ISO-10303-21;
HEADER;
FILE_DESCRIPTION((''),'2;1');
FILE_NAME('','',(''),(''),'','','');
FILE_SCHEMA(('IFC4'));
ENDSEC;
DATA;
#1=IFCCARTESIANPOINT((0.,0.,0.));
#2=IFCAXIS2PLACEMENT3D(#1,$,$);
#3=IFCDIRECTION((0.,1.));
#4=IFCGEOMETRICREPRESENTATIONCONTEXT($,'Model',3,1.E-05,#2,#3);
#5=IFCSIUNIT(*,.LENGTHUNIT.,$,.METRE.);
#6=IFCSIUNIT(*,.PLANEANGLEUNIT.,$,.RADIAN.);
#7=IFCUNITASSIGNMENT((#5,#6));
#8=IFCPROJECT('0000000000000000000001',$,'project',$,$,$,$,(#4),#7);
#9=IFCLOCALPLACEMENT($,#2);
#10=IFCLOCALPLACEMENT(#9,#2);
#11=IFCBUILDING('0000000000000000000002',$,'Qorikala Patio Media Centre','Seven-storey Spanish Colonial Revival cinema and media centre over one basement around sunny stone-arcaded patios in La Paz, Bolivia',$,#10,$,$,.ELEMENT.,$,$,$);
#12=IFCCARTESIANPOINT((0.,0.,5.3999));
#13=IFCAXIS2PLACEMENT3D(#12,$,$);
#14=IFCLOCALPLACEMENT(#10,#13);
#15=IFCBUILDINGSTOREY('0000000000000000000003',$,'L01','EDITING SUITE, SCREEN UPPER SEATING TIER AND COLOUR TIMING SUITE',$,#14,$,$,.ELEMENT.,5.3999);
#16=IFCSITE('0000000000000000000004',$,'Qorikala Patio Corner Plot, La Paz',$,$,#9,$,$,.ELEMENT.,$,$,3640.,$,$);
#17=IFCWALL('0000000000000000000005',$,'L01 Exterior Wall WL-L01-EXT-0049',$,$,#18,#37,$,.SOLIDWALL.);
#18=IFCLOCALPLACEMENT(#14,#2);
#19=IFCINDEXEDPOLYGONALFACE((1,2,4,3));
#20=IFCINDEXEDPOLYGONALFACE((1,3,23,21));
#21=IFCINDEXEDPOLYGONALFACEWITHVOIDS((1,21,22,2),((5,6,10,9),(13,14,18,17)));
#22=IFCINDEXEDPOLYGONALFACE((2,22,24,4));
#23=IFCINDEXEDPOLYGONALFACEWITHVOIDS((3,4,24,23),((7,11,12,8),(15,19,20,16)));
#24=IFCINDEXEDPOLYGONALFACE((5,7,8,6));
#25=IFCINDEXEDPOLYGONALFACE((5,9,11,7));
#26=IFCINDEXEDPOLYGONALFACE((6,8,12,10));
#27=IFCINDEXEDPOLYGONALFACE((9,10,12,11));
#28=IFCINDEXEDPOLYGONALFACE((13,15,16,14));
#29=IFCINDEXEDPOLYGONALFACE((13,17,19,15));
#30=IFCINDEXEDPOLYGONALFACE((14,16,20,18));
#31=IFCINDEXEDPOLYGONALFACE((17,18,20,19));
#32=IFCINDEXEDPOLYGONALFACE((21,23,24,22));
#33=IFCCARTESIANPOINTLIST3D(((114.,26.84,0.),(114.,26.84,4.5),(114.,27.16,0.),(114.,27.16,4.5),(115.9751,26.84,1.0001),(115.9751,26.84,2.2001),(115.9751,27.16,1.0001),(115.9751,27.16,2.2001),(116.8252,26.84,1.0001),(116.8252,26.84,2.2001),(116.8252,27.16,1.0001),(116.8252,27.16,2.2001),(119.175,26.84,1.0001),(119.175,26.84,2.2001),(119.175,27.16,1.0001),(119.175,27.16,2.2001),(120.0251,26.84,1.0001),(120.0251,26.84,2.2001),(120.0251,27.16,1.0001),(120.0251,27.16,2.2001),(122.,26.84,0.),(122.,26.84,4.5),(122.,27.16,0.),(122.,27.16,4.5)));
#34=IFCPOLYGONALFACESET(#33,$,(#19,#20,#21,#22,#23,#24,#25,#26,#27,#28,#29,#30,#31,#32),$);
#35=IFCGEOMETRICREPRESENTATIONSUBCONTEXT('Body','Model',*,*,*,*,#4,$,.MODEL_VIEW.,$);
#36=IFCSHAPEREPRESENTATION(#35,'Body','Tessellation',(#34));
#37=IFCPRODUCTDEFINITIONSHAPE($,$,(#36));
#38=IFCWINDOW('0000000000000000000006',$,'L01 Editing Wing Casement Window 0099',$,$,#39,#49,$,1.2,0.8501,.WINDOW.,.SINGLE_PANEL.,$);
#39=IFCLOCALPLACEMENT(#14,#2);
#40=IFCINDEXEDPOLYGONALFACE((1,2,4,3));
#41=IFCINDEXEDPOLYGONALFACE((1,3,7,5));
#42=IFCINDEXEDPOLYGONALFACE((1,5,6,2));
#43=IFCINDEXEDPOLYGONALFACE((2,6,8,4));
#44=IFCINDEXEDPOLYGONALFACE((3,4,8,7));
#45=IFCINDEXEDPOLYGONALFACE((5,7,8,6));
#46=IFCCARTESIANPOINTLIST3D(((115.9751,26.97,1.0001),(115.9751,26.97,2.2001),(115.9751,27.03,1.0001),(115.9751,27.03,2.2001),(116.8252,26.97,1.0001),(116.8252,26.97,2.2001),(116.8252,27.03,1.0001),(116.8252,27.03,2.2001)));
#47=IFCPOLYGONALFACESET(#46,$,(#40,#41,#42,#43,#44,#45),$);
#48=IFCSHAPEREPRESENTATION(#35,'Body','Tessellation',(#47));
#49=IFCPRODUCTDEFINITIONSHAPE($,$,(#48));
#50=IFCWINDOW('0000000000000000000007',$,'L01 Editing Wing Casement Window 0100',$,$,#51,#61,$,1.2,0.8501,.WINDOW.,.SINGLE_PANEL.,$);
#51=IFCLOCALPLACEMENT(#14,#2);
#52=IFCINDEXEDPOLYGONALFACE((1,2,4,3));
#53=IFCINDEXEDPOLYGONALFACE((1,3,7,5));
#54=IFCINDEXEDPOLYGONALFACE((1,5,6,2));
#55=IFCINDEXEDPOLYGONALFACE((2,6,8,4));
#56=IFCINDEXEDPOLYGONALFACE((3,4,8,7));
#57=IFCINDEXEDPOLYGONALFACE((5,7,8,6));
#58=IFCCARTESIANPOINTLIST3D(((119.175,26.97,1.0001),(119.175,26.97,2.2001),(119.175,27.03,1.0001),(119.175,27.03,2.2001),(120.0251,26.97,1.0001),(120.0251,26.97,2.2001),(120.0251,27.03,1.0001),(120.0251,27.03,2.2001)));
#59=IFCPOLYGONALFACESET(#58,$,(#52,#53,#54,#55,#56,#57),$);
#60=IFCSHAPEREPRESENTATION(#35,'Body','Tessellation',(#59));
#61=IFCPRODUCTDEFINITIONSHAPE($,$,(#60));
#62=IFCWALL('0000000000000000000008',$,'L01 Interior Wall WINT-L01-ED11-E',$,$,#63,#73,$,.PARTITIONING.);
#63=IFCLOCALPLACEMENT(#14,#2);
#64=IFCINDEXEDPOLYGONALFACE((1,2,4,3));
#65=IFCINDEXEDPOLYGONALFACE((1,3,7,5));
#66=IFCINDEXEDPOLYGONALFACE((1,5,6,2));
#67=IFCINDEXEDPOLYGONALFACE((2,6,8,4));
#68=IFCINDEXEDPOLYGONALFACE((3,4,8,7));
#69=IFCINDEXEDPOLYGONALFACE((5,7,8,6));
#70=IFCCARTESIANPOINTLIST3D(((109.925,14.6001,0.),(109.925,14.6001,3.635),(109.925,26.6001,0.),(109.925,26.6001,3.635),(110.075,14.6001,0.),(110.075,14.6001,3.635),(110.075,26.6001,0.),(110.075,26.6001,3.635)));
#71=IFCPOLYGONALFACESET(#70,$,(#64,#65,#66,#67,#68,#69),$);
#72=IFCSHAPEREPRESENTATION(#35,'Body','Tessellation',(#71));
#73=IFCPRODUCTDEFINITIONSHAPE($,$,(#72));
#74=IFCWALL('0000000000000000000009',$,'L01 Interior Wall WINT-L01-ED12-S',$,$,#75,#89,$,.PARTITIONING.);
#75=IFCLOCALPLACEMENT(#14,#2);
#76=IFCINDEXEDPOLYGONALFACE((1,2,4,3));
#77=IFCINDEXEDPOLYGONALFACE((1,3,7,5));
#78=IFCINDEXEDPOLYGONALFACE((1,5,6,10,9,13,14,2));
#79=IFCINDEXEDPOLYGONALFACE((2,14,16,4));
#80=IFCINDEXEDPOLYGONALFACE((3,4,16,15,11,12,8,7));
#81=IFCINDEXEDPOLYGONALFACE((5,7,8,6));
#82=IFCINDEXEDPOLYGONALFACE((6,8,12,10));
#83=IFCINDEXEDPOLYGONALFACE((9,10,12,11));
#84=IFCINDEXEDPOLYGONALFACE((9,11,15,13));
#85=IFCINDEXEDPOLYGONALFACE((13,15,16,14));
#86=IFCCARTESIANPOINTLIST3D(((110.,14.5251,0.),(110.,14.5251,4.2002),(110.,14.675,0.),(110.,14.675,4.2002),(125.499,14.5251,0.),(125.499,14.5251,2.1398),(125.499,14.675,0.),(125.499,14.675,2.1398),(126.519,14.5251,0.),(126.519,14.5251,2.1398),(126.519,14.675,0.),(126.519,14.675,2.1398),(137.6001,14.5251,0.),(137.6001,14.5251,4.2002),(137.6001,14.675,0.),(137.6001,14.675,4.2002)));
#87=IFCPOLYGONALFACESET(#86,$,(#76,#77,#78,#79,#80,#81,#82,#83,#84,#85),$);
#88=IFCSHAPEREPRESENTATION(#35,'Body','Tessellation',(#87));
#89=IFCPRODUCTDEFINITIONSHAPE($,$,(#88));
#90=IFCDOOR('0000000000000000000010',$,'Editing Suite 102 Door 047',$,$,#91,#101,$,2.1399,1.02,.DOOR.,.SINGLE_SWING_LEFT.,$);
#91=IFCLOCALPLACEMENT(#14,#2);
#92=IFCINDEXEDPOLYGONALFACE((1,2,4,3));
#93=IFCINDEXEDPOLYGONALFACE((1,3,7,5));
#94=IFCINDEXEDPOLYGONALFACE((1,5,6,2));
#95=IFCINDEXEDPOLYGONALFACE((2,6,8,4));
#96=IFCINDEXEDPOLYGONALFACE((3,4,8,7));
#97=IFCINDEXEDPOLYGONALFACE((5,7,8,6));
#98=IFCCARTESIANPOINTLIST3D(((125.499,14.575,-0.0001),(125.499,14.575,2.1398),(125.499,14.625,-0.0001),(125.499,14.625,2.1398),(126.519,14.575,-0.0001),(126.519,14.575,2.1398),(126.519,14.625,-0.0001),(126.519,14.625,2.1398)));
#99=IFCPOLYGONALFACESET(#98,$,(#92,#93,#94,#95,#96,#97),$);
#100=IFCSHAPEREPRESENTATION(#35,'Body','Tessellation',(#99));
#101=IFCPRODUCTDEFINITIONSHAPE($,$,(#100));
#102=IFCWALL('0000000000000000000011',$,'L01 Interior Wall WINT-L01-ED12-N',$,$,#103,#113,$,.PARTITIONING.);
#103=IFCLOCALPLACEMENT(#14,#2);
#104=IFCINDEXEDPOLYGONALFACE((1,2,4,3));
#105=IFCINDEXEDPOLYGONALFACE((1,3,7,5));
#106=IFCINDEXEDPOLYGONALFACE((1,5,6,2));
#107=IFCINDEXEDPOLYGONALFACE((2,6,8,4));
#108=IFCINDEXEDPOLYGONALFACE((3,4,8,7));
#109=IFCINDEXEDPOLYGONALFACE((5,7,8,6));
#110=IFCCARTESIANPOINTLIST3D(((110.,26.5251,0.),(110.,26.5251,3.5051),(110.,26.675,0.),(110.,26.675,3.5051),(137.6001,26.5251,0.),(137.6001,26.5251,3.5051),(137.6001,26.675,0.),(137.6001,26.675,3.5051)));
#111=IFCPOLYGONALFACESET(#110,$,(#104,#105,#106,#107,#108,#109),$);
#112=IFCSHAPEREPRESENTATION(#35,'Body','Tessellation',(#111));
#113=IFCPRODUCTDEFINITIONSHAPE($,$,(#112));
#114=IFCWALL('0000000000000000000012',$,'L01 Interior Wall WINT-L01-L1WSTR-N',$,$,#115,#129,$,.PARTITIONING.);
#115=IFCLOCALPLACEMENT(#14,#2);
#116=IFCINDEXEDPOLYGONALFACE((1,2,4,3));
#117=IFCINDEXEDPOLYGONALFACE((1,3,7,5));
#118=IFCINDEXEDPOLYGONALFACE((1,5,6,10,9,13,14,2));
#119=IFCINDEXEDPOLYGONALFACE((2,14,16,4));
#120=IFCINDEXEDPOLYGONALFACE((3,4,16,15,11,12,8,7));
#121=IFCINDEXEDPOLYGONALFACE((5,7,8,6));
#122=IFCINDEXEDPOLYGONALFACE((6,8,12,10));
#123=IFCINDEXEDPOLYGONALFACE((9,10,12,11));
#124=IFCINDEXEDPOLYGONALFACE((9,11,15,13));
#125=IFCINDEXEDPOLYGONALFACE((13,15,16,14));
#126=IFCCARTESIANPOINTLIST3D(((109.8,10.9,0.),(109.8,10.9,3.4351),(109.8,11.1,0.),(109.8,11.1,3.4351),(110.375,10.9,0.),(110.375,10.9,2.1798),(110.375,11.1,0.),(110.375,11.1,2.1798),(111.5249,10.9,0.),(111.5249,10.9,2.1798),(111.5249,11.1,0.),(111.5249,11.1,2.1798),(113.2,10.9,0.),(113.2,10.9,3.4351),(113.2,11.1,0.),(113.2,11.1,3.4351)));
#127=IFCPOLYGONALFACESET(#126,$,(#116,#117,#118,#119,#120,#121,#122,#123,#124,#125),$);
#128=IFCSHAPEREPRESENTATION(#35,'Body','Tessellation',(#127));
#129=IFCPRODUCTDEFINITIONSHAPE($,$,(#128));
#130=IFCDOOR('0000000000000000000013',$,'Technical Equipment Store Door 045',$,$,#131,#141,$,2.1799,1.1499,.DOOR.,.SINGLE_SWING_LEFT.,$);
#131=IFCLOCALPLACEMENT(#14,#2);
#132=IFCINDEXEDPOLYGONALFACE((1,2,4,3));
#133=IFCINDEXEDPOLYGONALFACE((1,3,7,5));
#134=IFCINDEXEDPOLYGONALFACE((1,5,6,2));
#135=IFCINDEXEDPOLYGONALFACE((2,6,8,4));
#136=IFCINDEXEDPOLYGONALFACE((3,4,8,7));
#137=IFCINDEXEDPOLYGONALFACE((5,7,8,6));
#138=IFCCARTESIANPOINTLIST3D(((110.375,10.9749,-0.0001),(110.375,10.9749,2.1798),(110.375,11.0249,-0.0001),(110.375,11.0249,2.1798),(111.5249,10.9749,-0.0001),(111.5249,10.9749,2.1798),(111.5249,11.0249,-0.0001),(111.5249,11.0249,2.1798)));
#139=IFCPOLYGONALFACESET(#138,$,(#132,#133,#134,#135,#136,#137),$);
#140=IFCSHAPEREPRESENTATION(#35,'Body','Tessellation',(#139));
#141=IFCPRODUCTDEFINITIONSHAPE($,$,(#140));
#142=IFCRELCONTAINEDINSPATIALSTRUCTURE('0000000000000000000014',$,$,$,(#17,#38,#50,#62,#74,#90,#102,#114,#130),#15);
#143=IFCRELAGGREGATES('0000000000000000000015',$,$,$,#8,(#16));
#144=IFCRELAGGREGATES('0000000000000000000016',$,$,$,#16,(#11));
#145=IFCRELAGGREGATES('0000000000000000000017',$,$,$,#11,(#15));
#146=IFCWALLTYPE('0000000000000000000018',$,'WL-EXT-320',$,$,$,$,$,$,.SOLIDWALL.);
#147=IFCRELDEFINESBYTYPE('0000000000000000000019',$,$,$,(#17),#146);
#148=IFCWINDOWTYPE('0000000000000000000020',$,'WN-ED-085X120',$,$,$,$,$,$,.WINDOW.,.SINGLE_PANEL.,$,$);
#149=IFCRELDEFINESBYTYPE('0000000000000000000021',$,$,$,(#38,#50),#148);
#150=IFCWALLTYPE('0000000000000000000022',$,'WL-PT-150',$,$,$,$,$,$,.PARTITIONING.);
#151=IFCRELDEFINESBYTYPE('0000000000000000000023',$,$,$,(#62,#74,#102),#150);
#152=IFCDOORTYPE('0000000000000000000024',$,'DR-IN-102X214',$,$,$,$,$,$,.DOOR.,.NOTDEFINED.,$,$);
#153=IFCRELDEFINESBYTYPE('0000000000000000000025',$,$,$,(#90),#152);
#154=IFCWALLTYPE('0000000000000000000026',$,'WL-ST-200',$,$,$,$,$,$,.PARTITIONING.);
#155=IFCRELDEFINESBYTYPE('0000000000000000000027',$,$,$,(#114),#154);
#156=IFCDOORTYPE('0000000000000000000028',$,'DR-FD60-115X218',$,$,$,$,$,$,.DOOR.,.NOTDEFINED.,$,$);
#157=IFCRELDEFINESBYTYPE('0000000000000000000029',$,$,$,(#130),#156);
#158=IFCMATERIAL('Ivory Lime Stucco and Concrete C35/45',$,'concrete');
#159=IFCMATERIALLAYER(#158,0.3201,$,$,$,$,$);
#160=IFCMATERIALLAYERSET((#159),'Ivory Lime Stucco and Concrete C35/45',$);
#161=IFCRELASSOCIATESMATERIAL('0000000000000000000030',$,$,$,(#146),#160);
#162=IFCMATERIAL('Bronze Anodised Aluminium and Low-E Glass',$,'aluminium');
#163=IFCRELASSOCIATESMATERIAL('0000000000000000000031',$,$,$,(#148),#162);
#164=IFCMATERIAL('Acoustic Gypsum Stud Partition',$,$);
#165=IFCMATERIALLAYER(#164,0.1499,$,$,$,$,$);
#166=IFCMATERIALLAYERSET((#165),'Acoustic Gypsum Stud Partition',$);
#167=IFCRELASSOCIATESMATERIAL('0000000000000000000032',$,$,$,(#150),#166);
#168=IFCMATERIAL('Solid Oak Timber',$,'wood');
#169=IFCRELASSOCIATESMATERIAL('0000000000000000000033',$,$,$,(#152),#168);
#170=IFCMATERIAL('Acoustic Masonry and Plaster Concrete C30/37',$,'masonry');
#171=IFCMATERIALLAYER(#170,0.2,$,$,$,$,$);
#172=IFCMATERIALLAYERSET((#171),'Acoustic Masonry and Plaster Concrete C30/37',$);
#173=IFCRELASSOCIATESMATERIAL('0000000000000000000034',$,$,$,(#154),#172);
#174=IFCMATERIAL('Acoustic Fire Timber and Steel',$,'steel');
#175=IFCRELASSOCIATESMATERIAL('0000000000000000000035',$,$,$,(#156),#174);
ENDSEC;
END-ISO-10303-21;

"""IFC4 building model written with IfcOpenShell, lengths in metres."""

from ifc_helpers import new_model, si_unit, direction, frame, frame_2d, origin, place, context, subcontext, project, spatial, rectangle, extrude, material, layer, layer_set, type_object, element, fill, save


model = new_model("IFC4")

# Units and contexts
model_context = context("Model", 3, precision=1e-05, world=origin(), true_north=direction((0.0, 1.0)))
body_context = subcontext(model_context, "Body", "Model", "MODEL_VIEW")
ifc_project = project(units=[si_unit("LENGTHUNIT", "METRE"), si_unit("PLANEANGLEUNIT", "RADIAN")], contexts=[model_context])

# Site, building, storey
site_placement = place(None, origin())
site = spatial("IfcSite", under=ifc_project, at=site_placement, Name="Qorikala Patio Corner Plot, La Paz", CompositionType="ELEMENT", RefElevation=3640.0)
building_placement = place(site_placement, origin())
building = spatial("IfcBuilding", under=site, at=building_placement, Name="Qorikala Patio Media Centre", Description="Seven-storey Spanish Colonial Revival cinema and media centre over one basement around sunny stone-arcaded patios in La Paz, Bolivia", CompositionType="ELEMENT")
storey_placement = place(building_placement, frame((0.0, 0.0, 5.3999)))
storey = spatial("IfcBuildingStorey", under=building, at=storey_placement, Name="L01", Description="EDITING SUITE, SCREEN UPPER SEATING TIER AND COLOUR TIMING SUITE", CompositionType="ELEMENT", Elevation=5.3999)

# Wall, openings, windows
ifc_material_1 = material(Name="Ivory Lime Stucco and Concrete C35/45", Category="concrete")
ifc_layer_1 = layer(ifc_material_1, 0.3201)
ifc_layer_set_1 = layer_set([ifc_layer_1], Name="Ivory Lime Stucco and Concrete C35/45")
wall_type_1 = type_object("IfcWallType", Name="WL-EXT-320", PredefinedType="SOLIDWALL", material=ifc_layer_set_1)
ifc_material_2 = material(Name="Bronze Anodised Aluminium and Low-E Glass", Category="aluminium")
wall_1_placement = place(storey_placement, frame((114.0, 27.0, 0.0), z_axis=(0.0, 0.0, 1.0), x_axis=(1.0, 0.0, 0.0)))
wall_1 = element("IfcWall", 1, at=wall_1_placement, inside=storey, type_object=wall_type_1, Name="L01 Exterior Wall WL-L01-EXT-0049", PredefinedType="SOLIDWALL", context=body_context, shape_type="SweptSolid", body=[
    extrude(rectangle(XDim=8.0, YDim=0.3201, at=frame_2d((4.0, 0.0))), origin(), (0.0, 0.0, 1.0), 4.5),
])
opening_1_placement = place(wall_1_placement, frame((1.9751, 0.0, 1.0)))
opening_1 = element("IfcOpeningElement", 2, at=opening_1_placement, cuts=wall_1, PredefinedType="OPENING", context=body_context, shape_type="SweptSolid", body=[
    extrude(rectangle(XDim=0.8501, YDim=1.2, at=frame_2d((0.425, 0.6001))), frame((0.0, 0.1699, 0.0), z_axis=(0.0, -1.0, 0.0), x_axis=(1.0, 0.0, 0.0)), (0.0, 0.0, 1.0), 0.3401),
])
opening_2_placement = place(wall_1_placement, frame((5.175, 0.0, 1.0)))
opening_2 = element("IfcOpeningElement", 3, at=opening_2_placement, cuts=wall_1, PredefinedType="OPENING", context=body_context, shape_type="SweptSolid", body=[
    extrude(rectangle(XDim=0.8501, YDim=1.2, at=frame_2d((0.425, 0.6001))), frame((0.0, 0.1699, 0.0), z_axis=(0.0, -1.0, 0.0), x_axis=(1.0, 0.0, 0.0)), (0.0, 0.0, 1.0), 0.3401),
])
window_type_1 = type_object("IfcWindowType", Name="WN-ED-085X120", PartitioningType="SINGLE_PANEL", PredefinedType="WINDOW", material=ifc_material_2)
window_1_placement = place(opening_1_placement, origin())
window_1 = element("IfcWindow", 4, at=window_1_placement, inside=storey, type_object=window_type_1, Name="L01 Editing Wing Casement Window 0099", OverallHeight=1.2, OverallWidth=0.8501, PartitioningType="SINGLE_PANEL", PredefinedType="WINDOW", context=body_context, shape_type="SweptSolid", body=[
    extrude(rectangle(XDim=0.8501, YDim=1.2, at=frame_2d((0.425, 0.6001))), frame((0.0, 0.03, 0.0), z_axis=(0.0, -1.0, 0.0), x_axis=(1.0, 0.0, 0.0)), (0.0, 0.0, 1.0), 0.0601),
])
fill(opening_1, window_1)
window_2_placement = place(opening_2_placement, origin())
window_2 = element("IfcWindow", 5, at=window_2_placement, inside=storey, type_object=window_type_1, Name="L01 Editing Wing Casement Window 0100", OverallHeight=1.2, OverallWidth=0.8501, PartitioningType="SINGLE_PANEL", PredefinedType="WINDOW", context=body_context, shape_type="SweptSolid", body=[
    extrude(rectangle(XDim=0.8501, YDim=1.2, at=frame_2d((0.425, 0.6001))), frame((0.0, 0.03, 0.0), z_axis=(0.0, -1.0, 0.0), x_axis=(1.0, 0.0, 0.0)), (0.0, 0.0, 1.0), 0.0601),
])
fill(opening_2, window_2)

# Wall
ifc_material_3 = material(Name="Acoustic Gypsum Stud Partition")
ifc_layer_2 = layer(ifc_material_3, 0.1499)
ifc_layer_set_2 = layer_set([ifc_layer_2], Name="Acoustic Gypsum Stud Partition")
wall_type_2 = type_object("IfcWallType", Name="WL-PT-150", PredefinedType="PARTITIONING", material=ifc_layer_set_2)
wall_2_placement = place(storey_placement, frame((110.0, 14.6001, 0.0), z_axis=(0.0, 0.0, 1.0), x_axis=(0.0, 1.0, 0.0)))
element("IfcWall", 6, at=wall_2_placement, inside=storey, type_object=wall_type_2, Name="L01 Interior Wall WINT-L01-ED11-E", PredefinedType="PARTITIONING", context=body_context, shape_type="SweptSolid", body=[
    extrude(rectangle(XDim=12.0, YDim=0.1499, at=frame_2d((6.0, 0.0))), origin(), (0.0, 0.0, 1.0), 3.635),
])

# Wall, opening, door
wall_3_placement = place(storey_placement, frame((110.0, 14.6001, 0.0), z_axis=(0.0, 0.0, 1.0), x_axis=(1.0, 0.0, 0.0)))
wall_3 = element("IfcWall", 7, at=wall_3_placement, inside=storey, type_object=wall_type_2, Name="L01 Interior Wall WINT-L01-ED12-S", PredefinedType="PARTITIONING", context=body_context, shape_type="SweptSolid", body=[
    extrude(rectangle(XDim=27.6001, YDim=0.1499, at=frame_2d((13.8, 0.0))), origin(), (0.0, 0.0, 1.0), 4.2002),
])
opening_3_placement = place(wall_3_placement, frame((15.499, 0.0, 0.0)))
opening_3 = element("IfcOpeningElement", 8, at=opening_3_placement, cuts=wall_3, PredefinedType="OPENING", context=body_context, shape_type="SweptSolid", body=[
    extrude(rectangle(XDim=1.02, YDim=2.1399, at=frame_2d((0.51, 1.0698))), frame((0.0, 0.085, 0.0), z_axis=(0.0, -1.0, 0.0), x_axis=(1.0, 0.0, 0.0)), (0.0, 0.0, 1.0), 0.1699),
])
ifc_material_4 = material(Name="Solid Oak Timber", Category="wood")
door_type_1 = type_object("IfcDoorType", Name="DR-IN-102X214", OperationType="NOTDEFINED", PredefinedType="DOOR", material=ifc_material_4)
door_1_placement = place(opening_3_placement, origin())
door_1 = element("IfcDoor", 9, at=door_1_placement, inside=storey, type_object=door_type_1, Name="Editing Suite 102 Door 047", OperationType="SINGLE_SWING_LEFT", OverallHeight=2.1399, OverallWidth=1.02, PredefinedType="DOOR", context=body_context, shape_type="SweptSolid", body=[
    extrude(rectangle(XDim=1.02, YDim=2.1399, at=frame_2d((0.51, 1.0698))), frame((0.0, 0.0249, 0.0), z_axis=(0.0, -1.0, 0.0), x_axis=(1.0, 0.0, 0.0)), (0.0, 0.0, 1.0), 0.05),
])
fill(opening_3, door_1)

# Wall
wall_4_placement = place(storey_placement, frame((110.0, 26.6001, 0.0), z_axis=(0.0, 0.0, 1.0), x_axis=(1.0, 0.0, 0.0)))
element("IfcWall", 10, at=wall_4_placement, inside=storey, type_object=wall_type_2, Name="L01 Interior Wall WINT-L01-ED12-N", PredefinedType="PARTITIONING", context=body_context, shape_type="SweptSolid", body=[
    extrude(rectangle(XDim=27.6001, YDim=0.1499, at=frame_2d((13.8, 0.0))), origin(), (0.0, 0.0, 1.0), 3.5051),
])

# Wall, opening, door
ifc_material_5 = material(Name="Acoustic Masonry and Plaster Concrete C30/37", Category="masonry")
ifc_layer_3 = layer(ifc_material_5, 0.2)
ifc_layer_set_3 = layer_set([ifc_layer_3], Name="Acoustic Masonry and Plaster Concrete C30/37")
wall_type_3 = type_object("IfcWallType", Name="WL-ST-200", PredefinedType="PARTITIONING", material=ifc_layer_set_3)
wall_5_placement = place(storey_placement, frame((109.8, 11.0, 0.0), z_axis=(0.0, 0.0, 1.0), x_axis=(1.0, 0.0, 0.0)))
wall_5 = element("IfcWall", 11, at=wall_5_placement, inside=storey, type_object=wall_type_3, Name="L01 Interior Wall WINT-L01-L1WSTR-N", PredefinedType="PARTITIONING", context=body_context, shape_type="SweptSolid", body=[
    extrude(rectangle(XDim=3.3999, YDim=0.2, at=frame_2d((1.7, 0.0))), origin(), (0.0, 0.0, 1.0), 3.4351),
])
opening_4_placement = place(wall_5_placement, frame((0.575, 0.0, 0.0)))
opening_4 = element("IfcOpeningElement", 12, at=opening_4_placement, cuts=wall_5, PredefinedType="OPENING", context=body_context, shape_type="SweptSolid", body=[
    extrude(rectangle(XDim=1.1499, YDim=2.1799, at=frame_2d((0.575, 1.0898))), frame((0.0, 0.1099, 0.0), z_axis=(0.0, -1.0, 0.0), x_axis=(1.0, 0.0, 0.0)), (0.0, 0.0, 1.0), 0.22),
])
ifc_material_6 = material(Name="Acoustic Fire Timber and Steel", Category="steel")
door_type_2 = type_object("IfcDoorType", Name="DR-FD60-115X218", OperationType="NOTDEFINED", PredefinedType="DOOR", material=ifc_material_6)
door_2_placement = place(opening_4_placement, origin())
door_2 = element("IfcDoor", 13, at=door_2_placement, inside=storey, type_object=door_type_2, Name="Technical Equipment Store Door 045", OperationType="SINGLE_SWING_LEFT", OverallHeight=2.1799, OverallWidth=1.1499, PredefinedType="DOOR", context=body_context, shape_type="SweptSolid", body=[
    extrude(rectangle(XDim=1.1499, YDim=2.1799, at=frame_2d((0.575, 1.0898))), frame((0.0, 0.0249, 0.0), z_axis=(0.0, -1.0, 0.0), x_axis=(1.0, 0.0, 0.0)), (0.0, 0.0, 1.0), 0.05),
])
fill(opening_4, door_2)

save(model, "model.ifc")
